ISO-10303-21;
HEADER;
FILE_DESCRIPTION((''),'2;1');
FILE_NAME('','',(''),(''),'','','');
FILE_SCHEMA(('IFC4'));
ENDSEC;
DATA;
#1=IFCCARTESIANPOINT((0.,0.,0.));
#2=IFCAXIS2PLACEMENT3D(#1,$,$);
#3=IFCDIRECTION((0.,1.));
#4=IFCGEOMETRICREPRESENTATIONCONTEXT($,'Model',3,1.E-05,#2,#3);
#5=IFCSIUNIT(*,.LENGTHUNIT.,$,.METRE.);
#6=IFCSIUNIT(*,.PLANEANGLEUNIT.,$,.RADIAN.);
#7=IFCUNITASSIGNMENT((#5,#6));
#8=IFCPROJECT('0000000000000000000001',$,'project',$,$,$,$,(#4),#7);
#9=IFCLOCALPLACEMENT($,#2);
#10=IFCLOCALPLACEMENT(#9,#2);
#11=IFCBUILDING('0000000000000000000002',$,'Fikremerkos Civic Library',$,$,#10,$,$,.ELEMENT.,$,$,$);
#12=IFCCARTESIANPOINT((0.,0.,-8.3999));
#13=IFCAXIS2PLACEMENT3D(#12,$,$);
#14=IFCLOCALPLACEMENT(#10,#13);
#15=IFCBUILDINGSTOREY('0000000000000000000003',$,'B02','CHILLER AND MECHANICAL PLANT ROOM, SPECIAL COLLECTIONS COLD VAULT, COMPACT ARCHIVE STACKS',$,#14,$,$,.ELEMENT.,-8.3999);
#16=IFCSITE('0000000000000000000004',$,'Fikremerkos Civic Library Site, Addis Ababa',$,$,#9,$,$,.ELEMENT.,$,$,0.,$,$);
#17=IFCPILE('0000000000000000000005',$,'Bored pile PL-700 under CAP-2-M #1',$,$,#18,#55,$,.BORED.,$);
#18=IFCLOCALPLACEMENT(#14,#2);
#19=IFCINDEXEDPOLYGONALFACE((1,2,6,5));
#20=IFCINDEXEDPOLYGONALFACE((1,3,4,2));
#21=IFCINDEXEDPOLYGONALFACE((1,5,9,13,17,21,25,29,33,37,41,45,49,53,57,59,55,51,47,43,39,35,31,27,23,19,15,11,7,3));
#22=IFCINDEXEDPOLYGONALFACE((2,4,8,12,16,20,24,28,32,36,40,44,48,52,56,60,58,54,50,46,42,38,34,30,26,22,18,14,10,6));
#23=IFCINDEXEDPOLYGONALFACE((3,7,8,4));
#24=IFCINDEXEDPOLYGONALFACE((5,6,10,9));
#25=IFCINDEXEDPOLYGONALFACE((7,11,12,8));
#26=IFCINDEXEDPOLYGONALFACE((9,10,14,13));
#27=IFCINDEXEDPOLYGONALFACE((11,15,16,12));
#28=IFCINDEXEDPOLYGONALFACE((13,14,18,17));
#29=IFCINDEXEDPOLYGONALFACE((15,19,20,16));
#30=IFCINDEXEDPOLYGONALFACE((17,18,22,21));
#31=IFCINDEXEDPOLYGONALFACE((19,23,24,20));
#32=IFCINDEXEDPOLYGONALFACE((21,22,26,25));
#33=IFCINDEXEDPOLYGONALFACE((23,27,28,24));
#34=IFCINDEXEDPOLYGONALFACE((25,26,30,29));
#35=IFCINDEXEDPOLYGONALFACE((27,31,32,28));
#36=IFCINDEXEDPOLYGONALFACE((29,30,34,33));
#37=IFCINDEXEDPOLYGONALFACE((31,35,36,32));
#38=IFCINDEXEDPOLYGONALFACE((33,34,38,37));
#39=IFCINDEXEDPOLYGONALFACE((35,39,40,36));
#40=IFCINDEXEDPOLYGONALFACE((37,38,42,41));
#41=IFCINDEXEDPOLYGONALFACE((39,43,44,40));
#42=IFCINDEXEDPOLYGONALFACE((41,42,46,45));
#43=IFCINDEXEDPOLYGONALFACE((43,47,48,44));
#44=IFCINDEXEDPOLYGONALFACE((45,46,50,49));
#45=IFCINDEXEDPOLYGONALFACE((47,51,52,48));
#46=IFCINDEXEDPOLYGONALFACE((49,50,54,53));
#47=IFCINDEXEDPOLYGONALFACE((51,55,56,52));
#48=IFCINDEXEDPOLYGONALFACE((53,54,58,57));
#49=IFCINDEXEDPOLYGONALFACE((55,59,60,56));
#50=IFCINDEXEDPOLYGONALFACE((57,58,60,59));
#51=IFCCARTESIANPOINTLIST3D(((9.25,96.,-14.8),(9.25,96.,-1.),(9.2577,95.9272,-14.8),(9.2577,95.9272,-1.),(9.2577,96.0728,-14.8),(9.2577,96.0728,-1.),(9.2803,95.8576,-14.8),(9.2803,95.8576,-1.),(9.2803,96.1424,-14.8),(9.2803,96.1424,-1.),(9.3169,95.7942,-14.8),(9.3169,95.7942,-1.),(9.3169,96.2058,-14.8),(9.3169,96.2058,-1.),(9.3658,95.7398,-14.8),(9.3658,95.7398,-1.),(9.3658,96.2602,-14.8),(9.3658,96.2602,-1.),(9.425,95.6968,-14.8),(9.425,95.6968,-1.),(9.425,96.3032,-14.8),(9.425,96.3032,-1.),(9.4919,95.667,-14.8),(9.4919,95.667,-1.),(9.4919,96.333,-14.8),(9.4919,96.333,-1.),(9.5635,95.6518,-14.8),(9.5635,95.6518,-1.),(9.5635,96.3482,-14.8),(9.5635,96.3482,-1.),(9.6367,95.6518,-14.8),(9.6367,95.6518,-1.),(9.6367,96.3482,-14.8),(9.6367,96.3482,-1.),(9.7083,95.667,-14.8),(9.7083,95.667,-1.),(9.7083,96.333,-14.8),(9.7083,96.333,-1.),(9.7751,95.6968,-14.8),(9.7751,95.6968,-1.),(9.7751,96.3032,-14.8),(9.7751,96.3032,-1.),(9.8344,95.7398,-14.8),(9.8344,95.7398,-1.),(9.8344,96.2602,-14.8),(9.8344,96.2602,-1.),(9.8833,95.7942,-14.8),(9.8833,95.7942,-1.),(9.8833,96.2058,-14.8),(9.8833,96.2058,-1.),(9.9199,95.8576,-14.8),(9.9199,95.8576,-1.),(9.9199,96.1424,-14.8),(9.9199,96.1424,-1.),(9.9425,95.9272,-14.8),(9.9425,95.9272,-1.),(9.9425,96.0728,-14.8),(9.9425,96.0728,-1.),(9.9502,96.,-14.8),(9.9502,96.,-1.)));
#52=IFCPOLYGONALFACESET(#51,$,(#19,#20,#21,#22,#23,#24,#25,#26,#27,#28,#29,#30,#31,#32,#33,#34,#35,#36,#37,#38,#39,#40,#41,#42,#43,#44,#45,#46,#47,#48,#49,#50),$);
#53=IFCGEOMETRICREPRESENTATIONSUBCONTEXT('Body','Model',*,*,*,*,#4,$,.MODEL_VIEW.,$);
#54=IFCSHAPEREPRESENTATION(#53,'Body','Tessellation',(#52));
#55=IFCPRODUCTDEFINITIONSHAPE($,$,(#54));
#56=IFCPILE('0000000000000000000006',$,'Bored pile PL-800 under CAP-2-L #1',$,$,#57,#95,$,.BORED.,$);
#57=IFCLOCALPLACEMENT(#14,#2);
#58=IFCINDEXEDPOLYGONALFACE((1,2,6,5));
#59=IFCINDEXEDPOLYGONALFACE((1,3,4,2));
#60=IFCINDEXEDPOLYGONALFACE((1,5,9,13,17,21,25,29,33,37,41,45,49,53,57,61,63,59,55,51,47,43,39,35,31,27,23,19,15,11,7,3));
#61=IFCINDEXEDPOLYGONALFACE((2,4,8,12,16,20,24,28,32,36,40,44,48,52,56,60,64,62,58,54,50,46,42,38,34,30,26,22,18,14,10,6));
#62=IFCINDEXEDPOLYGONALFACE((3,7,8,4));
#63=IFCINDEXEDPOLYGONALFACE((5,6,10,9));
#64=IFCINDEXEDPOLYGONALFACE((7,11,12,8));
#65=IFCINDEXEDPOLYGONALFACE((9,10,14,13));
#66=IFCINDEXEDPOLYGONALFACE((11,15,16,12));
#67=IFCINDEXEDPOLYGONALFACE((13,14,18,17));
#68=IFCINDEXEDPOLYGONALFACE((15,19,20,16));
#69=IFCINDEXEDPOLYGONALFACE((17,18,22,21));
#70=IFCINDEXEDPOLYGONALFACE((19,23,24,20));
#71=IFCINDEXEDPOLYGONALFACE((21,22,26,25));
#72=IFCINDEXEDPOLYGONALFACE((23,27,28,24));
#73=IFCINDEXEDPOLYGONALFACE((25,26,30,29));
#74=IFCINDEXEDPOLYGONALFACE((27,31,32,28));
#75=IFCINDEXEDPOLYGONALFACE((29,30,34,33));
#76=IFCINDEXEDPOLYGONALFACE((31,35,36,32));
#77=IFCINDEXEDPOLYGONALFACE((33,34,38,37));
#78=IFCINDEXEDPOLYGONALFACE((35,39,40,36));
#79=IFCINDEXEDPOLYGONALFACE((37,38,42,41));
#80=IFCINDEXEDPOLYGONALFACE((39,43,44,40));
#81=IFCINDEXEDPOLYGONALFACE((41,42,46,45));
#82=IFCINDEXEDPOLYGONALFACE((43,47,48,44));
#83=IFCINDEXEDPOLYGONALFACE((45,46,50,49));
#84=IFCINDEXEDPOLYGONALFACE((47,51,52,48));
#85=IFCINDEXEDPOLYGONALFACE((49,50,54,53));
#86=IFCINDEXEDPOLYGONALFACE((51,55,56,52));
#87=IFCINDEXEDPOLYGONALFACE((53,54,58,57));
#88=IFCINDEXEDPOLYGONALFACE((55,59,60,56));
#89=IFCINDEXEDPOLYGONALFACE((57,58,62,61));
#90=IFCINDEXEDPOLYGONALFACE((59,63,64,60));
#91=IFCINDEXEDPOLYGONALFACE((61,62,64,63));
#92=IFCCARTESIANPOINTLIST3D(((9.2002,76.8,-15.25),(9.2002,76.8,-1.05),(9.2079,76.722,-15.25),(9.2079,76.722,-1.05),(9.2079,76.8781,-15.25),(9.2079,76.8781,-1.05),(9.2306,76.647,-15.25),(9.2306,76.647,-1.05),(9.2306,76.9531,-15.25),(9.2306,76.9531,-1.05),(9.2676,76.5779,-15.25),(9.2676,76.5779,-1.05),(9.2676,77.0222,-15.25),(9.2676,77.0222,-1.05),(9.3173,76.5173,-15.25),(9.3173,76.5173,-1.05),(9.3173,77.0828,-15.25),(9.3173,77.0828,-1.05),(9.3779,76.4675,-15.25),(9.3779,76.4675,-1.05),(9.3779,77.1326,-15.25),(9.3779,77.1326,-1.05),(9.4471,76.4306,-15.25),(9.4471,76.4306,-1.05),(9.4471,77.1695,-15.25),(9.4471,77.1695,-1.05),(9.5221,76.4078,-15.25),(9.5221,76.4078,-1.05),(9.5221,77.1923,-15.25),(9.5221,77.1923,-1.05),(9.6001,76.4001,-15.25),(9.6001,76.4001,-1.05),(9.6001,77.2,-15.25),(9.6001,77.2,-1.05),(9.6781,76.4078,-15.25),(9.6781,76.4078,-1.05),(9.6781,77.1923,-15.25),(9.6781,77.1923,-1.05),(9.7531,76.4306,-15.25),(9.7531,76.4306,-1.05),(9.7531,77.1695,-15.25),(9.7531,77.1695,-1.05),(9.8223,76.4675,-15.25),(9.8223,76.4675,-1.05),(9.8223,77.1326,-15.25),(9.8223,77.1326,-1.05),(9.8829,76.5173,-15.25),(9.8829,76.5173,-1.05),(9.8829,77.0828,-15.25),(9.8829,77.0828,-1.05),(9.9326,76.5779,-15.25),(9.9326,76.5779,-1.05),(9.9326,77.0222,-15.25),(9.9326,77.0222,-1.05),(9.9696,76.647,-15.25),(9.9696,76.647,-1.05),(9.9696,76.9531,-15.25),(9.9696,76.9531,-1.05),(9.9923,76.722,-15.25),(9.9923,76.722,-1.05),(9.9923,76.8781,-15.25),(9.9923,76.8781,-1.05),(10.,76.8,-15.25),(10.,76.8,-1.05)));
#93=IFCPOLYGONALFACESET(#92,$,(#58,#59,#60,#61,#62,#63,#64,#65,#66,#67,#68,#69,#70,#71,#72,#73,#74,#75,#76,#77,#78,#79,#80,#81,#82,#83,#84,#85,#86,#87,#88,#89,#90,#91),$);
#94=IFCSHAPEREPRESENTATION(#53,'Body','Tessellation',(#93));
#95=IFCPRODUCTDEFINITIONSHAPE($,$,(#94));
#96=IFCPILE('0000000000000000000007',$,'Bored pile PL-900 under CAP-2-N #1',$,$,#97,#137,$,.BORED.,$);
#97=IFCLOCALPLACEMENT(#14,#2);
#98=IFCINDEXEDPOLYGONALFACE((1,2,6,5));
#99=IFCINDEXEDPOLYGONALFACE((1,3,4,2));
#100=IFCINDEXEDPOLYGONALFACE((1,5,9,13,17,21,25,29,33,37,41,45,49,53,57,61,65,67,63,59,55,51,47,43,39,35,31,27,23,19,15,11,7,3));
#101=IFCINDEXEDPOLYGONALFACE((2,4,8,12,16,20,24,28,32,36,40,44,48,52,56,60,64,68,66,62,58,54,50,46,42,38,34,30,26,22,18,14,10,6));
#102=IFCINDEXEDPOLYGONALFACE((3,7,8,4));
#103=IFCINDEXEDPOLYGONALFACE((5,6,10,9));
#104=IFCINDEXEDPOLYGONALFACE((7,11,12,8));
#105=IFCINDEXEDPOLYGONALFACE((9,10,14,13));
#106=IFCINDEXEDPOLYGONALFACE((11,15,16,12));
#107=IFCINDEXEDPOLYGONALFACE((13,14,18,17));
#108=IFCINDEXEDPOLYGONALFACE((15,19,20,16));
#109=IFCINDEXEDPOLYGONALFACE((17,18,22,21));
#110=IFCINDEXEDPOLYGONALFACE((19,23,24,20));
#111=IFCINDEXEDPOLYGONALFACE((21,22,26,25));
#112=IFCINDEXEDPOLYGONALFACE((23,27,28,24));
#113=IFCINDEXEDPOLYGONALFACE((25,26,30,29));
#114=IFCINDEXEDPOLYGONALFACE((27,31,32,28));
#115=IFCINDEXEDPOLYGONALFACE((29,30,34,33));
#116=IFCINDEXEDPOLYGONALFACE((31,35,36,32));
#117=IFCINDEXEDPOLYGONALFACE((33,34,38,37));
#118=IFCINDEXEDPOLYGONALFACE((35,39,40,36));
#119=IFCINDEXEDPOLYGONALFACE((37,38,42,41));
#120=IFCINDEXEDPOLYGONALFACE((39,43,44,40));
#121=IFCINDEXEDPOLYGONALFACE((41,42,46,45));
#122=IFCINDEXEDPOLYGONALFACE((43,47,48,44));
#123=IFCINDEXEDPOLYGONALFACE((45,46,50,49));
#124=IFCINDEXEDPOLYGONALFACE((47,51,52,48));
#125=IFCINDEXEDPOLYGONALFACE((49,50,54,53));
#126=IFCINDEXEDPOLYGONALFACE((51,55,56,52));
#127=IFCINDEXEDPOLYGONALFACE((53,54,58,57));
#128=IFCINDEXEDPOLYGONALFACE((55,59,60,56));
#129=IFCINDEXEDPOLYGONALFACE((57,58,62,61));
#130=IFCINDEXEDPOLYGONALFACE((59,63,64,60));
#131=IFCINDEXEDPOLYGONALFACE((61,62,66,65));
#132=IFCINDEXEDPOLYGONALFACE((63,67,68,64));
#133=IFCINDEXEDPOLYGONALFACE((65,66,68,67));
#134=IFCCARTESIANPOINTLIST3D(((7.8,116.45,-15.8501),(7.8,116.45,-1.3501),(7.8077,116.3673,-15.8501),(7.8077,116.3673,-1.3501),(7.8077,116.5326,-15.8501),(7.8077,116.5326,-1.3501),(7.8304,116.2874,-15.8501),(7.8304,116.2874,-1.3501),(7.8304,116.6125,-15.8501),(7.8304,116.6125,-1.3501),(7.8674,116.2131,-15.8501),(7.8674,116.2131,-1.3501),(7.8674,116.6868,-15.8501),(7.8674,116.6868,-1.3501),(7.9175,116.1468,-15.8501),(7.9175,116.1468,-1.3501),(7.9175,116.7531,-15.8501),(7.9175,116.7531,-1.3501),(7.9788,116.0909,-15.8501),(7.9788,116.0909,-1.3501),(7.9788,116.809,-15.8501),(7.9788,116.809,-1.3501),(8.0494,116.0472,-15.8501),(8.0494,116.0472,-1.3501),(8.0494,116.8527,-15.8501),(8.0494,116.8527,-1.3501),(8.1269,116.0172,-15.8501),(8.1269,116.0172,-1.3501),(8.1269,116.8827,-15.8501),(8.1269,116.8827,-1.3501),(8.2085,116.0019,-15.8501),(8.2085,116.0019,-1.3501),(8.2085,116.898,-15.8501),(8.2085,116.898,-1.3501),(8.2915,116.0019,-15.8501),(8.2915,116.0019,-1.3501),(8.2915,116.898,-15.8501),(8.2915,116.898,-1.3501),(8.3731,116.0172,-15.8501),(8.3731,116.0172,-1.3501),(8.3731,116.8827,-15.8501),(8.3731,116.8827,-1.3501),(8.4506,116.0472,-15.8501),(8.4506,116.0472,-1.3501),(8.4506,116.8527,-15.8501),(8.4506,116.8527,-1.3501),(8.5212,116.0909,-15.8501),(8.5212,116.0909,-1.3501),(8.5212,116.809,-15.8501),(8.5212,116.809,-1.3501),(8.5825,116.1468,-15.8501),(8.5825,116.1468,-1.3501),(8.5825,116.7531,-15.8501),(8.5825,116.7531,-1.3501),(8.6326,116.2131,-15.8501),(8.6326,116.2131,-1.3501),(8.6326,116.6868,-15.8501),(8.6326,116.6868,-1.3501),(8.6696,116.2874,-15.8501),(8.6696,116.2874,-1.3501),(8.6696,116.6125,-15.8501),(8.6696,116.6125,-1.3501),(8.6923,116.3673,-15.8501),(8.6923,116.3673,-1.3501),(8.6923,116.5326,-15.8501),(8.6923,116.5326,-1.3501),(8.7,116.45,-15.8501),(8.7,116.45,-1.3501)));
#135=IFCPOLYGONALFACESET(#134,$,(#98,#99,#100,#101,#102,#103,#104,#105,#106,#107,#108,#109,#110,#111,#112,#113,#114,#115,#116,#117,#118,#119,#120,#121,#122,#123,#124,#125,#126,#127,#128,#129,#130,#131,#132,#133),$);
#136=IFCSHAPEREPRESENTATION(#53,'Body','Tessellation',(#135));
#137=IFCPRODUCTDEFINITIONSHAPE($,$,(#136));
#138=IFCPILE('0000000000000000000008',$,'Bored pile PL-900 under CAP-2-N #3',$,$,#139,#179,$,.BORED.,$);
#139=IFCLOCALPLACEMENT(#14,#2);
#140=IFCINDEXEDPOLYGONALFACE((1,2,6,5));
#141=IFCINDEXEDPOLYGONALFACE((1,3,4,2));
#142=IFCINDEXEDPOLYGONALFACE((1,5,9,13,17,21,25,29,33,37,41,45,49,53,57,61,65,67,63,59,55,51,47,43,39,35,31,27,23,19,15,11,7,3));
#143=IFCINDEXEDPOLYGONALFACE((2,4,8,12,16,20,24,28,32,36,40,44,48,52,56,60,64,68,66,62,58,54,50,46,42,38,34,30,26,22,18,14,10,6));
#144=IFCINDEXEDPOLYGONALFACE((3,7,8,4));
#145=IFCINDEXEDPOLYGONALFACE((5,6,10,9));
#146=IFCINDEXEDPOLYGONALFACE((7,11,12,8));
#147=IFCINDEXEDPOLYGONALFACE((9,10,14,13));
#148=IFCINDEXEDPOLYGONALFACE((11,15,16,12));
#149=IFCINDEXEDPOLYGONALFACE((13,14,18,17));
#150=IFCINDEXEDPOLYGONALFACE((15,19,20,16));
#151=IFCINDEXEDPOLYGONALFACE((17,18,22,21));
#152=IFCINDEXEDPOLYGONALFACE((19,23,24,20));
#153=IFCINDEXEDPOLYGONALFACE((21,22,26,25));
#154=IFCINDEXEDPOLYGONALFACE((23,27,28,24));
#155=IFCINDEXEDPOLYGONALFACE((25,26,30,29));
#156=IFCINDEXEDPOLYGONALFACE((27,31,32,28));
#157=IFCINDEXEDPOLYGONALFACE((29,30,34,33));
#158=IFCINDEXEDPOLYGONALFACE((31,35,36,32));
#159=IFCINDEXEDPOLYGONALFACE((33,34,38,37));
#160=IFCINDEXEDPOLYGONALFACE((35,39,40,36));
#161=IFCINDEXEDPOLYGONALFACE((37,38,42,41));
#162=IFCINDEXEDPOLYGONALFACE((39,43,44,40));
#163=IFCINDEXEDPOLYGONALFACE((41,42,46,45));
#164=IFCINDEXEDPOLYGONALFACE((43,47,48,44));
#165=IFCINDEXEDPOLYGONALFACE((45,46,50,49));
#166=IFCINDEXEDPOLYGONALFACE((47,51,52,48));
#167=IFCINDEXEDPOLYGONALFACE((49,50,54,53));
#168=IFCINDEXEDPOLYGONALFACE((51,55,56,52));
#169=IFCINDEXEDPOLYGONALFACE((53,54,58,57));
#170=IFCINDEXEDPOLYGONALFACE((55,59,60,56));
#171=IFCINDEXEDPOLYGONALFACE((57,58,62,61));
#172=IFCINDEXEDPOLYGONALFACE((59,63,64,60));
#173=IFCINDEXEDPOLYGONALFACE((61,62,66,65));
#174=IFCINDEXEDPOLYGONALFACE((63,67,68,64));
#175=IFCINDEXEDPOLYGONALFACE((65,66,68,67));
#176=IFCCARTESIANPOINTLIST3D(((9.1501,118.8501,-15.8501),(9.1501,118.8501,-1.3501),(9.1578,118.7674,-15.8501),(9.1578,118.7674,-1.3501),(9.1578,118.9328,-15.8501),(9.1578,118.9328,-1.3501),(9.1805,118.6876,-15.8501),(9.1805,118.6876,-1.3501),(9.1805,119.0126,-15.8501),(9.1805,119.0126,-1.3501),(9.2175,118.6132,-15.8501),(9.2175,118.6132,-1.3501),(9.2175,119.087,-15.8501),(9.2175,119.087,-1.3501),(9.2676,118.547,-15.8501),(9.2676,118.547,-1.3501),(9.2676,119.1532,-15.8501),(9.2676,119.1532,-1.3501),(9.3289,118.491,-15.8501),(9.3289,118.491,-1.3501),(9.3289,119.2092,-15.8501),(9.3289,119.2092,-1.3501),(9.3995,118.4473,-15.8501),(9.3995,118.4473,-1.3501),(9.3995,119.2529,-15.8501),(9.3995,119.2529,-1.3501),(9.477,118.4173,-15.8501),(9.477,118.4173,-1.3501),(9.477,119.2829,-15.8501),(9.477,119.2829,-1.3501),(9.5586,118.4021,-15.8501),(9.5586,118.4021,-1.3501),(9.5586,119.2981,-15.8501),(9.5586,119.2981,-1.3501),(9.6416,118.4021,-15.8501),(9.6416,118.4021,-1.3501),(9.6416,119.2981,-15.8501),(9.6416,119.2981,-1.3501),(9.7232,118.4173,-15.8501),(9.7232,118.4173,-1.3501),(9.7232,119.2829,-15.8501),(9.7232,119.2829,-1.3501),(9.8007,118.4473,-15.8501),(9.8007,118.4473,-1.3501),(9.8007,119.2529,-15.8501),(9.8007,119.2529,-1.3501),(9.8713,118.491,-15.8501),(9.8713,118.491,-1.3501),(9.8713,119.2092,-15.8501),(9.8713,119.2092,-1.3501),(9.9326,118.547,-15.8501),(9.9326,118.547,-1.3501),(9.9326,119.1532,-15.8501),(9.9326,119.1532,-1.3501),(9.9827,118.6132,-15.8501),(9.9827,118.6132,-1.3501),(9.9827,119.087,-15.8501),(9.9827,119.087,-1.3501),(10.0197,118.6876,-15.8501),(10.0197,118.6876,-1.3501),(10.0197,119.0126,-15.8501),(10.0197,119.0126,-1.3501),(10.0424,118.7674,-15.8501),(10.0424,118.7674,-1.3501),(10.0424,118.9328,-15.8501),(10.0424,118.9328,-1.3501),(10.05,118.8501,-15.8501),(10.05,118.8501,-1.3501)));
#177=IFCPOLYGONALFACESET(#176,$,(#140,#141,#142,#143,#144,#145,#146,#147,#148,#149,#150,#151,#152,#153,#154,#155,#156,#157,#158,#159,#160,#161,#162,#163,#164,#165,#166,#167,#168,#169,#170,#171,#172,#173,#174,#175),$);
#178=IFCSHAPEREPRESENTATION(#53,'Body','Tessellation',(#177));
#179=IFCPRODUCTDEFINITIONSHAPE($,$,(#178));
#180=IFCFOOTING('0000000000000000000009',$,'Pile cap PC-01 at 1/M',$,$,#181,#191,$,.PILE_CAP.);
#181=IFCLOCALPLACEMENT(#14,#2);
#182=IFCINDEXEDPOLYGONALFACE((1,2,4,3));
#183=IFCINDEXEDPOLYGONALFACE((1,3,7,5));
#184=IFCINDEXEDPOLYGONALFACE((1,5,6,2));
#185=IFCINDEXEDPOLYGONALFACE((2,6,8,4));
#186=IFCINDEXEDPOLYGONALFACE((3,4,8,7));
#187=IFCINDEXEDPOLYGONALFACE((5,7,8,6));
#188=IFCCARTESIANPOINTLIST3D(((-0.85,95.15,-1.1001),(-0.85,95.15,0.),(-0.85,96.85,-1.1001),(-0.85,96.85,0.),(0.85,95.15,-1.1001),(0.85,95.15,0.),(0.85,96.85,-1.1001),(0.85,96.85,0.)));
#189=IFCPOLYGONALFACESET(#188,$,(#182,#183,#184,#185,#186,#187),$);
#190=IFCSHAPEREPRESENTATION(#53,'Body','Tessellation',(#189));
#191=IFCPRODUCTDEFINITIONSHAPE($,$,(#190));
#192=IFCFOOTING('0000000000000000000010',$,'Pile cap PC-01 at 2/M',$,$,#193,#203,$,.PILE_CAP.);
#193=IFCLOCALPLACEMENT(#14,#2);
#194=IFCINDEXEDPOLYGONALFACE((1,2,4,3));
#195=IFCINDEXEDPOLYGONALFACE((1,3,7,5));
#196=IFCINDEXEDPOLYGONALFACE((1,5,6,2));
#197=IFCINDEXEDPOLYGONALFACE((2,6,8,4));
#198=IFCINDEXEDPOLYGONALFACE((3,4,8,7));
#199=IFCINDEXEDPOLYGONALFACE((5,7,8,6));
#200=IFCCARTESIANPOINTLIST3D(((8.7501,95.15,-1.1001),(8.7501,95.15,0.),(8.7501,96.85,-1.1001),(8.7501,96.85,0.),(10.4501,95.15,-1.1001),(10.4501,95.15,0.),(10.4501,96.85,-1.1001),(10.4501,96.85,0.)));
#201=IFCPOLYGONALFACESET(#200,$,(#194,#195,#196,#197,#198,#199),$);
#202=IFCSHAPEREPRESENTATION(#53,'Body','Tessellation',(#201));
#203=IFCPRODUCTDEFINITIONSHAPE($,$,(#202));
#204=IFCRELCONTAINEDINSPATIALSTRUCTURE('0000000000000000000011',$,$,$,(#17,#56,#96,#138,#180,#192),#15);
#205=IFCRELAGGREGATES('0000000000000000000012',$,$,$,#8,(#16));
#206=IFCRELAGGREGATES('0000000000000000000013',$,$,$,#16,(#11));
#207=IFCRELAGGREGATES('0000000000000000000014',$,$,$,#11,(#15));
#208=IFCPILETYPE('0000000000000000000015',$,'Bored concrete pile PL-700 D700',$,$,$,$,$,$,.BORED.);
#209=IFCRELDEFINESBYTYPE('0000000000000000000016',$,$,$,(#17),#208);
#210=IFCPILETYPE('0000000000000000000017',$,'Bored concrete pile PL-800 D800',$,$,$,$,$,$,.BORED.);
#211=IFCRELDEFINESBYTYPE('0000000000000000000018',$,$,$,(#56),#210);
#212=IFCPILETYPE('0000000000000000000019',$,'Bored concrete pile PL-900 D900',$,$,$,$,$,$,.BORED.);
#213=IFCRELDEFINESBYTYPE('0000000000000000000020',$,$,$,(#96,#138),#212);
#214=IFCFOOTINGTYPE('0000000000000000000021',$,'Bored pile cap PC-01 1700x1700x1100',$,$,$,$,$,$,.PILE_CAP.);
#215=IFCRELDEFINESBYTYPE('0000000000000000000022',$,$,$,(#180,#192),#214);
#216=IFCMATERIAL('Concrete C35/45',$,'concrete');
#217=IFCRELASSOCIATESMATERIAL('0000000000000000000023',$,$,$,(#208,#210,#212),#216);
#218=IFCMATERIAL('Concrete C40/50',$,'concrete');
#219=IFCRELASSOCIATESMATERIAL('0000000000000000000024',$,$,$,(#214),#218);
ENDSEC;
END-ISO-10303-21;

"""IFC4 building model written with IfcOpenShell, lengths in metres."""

from ifc_helpers import new_model, si_unit, direction, frame, origin, origin_2d, place, context, subcontext, project, spatial, rectangle, circle, extrude, material, material_profile, profile_set, type_object, element, save


model = new_model("IFC4")

# Units and contexts
model_context = context("Model", 3, precision=1e-05, world=origin(), true_north=direction((0.0, 1.0)))
body_context = subcontext(model_context, "Body", "Model", "MODEL_VIEW")
ifc_project = project(units=[si_unit("LENGTHUNIT", "METRE"), si_unit("PLANEANGLEUNIT", "RADIAN")], contexts=[model_context])

# Site, building, storey
site_placement = place(None, origin())
site = spatial("IfcSite", under=ifc_project, at=site_placement, Name="Fikremerkos Civic Library Site, Addis Ababa", CompositionType="ELEMENT", RefElevation=0.0)
building_placement = place(site_placement, origin())
building = spatial("IfcBuilding", under=site, at=building_placement, Name="Fikremerkos Civic Library", CompositionType="ELEMENT")
storey_placement = place(building_placement, frame((0.0, 0.0, -8.3999)))
storey = spatial("IfcBuildingStorey", under=building, at=storey_placement, Name="B02", Description="CHILLER AND MECHANICAL PLANT ROOM, SPECIAL COLLECTIONS COLD VAULT, COMPACT ARCHIVE STACKS", CompositionType="ELEMENT", Elevation=-8.3999)

# Piles
ifc_material_1 = material(Name="Concrete C35/45", Category="concrete")
ifc_material_profile_1 = material_profile(ifc_material_1, circle(Radius=0.3501, at=origin_2d()), Name="BORED PILE 700")
ifc_profile_set_1 = profile_set([ifc_material_profile_1], Name="Concrete C35/45")
pile_type_1 = type_object("IfcPileType", Name="Bored concrete pile PL-700 D700", PredefinedType="BORED", material=ifc_profile_set_1)
for number, where, z_axis, x_axis, name in (
    (1, (9.6001, 96.0, -1.0), (0.0, 0.0, -1.0), (1.0, 0.0, 0.0), "Bored pile PL-700 under CAP-2-M #1"),
):
    element("IfcPile", number, at=place(storey_placement, frame(where, z_axis=z_axis, x_axis=x_axis)), inside=storey, type_object=pile_type_1, Name=name, PredefinedType="BORED", context=body_context, shape_type="SweptSolid", body=[
        extrude(circle(Radius=0.3501, at=origin_2d()), origin(), (0.0, 0.0, 1.0), 13.8),
    ])
ifc_material_profile_2 = material_profile(ifc_material_1, circle(Radius=0.3999, at=origin_2d()), Name="BORED PILE 800")
ifc_profile_set_2 = profile_set([ifc_material_profile_2], Name="Concrete C35/45")
pile_type_2 = type_object("IfcPileType", Name="Bored concrete pile PL-800 D800", PredefinedType="BORED", material=ifc_profile_set_2)
pile_placement = place(storey_placement, frame((9.6001, 76.8, -1.05), z_axis=(0.0, 0.0, -1.0), x_axis=(1.0, 0.0, 0.0)))
element("IfcPile", 2, at=pile_placement, inside=storey, type_object=pile_type_2, Name="Bored pile PL-800 under CAP-2-L #1", PredefinedType="BORED", context=body_context, shape_type="SweptSolid", body=[
    extrude(circle(Radius=0.3999, at=origin_2d()), origin(), (0.0, 0.0, 1.0), 14.2),
])
ifc_material_profile_3 = material_profile(ifc_material_1, circle(Radius=0.45, at=origin_2d()), Name="BORED PILE 900")
ifc_profile_set_3 = profile_set([ifc_material_profile_3], Name="Concrete C35/45")
pile_type_3 = type_object("IfcPileType", Name="Bored concrete pile PL-900 D900", PredefinedType="BORED", material=ifc_profile_set_3)
for number, where, z_axis, x_axis, name in (
    (3, (8.25, 116.45, -1.3501), (0.0, 0.0, -1.0), (1.0, 0.0, 0.0), "Bored pile PL-900 under CAP-2-N #1"),
    (4, (9.6001, 118.8501, -1.3501), (0.0, 0.0, -1.0), (1.0, 0.0, 0.0), "Bored pile PL-900 under CAP-2-N #3"),
):
    element("IfcPile", number, at=place(storey_placement, frame(where, z_axis=z_axis, x_axis=x_axis)), inside=storey, type_object=pile_type_3, Name=name, PredefinedType="BORED", context=body_context, shape_type="SweptSolid", body=[
        extrude(circle(Radius=0.45, at=origin_2d()), origin(), (0.0, 0.0, 1.0), 14.5),
    ])

# Footings
ifc_material_2 = material(Name="Concrete C40/50", Category="concrete")
footing_type_1 = type_object("IfcFootingType", Name="Bored pile cap PC-01 1700x1700x1100", PredefinedType="PILE_CAP", material=ifc_material_2)
for number, where, z_axis, x_axis, name in (
    (5, (0.0, 96.0, -1.1001), (0.0, 0.0, 1.0), (1.0, 0.0, 0.0), "Pile cap PC-01 at 1/M"),
    (6, (9.6001, 96.0, -1.1001), (0.0, 0.0, 1.0), (1.0, 0.0, 0.0), "Pile cap PC-01 at 2/M"),
):
    element("IfcFooting", number, at=place(storey_placement, frame(where, z_axis=z_axis, x_axis=x_axis)), inside=storey, type_object=footing_type_1, Name=name, PredefinedType="PILE_CAP", context=body_context, shape_type="SweptSolid", body=[
        extrude(rectangle(XDim=1.7, YDim=1.7, at=origin_2d()), origin(), (0.0, 0.0, 1.0), 1.1001),
    ])

save(model, "model.ifc")
